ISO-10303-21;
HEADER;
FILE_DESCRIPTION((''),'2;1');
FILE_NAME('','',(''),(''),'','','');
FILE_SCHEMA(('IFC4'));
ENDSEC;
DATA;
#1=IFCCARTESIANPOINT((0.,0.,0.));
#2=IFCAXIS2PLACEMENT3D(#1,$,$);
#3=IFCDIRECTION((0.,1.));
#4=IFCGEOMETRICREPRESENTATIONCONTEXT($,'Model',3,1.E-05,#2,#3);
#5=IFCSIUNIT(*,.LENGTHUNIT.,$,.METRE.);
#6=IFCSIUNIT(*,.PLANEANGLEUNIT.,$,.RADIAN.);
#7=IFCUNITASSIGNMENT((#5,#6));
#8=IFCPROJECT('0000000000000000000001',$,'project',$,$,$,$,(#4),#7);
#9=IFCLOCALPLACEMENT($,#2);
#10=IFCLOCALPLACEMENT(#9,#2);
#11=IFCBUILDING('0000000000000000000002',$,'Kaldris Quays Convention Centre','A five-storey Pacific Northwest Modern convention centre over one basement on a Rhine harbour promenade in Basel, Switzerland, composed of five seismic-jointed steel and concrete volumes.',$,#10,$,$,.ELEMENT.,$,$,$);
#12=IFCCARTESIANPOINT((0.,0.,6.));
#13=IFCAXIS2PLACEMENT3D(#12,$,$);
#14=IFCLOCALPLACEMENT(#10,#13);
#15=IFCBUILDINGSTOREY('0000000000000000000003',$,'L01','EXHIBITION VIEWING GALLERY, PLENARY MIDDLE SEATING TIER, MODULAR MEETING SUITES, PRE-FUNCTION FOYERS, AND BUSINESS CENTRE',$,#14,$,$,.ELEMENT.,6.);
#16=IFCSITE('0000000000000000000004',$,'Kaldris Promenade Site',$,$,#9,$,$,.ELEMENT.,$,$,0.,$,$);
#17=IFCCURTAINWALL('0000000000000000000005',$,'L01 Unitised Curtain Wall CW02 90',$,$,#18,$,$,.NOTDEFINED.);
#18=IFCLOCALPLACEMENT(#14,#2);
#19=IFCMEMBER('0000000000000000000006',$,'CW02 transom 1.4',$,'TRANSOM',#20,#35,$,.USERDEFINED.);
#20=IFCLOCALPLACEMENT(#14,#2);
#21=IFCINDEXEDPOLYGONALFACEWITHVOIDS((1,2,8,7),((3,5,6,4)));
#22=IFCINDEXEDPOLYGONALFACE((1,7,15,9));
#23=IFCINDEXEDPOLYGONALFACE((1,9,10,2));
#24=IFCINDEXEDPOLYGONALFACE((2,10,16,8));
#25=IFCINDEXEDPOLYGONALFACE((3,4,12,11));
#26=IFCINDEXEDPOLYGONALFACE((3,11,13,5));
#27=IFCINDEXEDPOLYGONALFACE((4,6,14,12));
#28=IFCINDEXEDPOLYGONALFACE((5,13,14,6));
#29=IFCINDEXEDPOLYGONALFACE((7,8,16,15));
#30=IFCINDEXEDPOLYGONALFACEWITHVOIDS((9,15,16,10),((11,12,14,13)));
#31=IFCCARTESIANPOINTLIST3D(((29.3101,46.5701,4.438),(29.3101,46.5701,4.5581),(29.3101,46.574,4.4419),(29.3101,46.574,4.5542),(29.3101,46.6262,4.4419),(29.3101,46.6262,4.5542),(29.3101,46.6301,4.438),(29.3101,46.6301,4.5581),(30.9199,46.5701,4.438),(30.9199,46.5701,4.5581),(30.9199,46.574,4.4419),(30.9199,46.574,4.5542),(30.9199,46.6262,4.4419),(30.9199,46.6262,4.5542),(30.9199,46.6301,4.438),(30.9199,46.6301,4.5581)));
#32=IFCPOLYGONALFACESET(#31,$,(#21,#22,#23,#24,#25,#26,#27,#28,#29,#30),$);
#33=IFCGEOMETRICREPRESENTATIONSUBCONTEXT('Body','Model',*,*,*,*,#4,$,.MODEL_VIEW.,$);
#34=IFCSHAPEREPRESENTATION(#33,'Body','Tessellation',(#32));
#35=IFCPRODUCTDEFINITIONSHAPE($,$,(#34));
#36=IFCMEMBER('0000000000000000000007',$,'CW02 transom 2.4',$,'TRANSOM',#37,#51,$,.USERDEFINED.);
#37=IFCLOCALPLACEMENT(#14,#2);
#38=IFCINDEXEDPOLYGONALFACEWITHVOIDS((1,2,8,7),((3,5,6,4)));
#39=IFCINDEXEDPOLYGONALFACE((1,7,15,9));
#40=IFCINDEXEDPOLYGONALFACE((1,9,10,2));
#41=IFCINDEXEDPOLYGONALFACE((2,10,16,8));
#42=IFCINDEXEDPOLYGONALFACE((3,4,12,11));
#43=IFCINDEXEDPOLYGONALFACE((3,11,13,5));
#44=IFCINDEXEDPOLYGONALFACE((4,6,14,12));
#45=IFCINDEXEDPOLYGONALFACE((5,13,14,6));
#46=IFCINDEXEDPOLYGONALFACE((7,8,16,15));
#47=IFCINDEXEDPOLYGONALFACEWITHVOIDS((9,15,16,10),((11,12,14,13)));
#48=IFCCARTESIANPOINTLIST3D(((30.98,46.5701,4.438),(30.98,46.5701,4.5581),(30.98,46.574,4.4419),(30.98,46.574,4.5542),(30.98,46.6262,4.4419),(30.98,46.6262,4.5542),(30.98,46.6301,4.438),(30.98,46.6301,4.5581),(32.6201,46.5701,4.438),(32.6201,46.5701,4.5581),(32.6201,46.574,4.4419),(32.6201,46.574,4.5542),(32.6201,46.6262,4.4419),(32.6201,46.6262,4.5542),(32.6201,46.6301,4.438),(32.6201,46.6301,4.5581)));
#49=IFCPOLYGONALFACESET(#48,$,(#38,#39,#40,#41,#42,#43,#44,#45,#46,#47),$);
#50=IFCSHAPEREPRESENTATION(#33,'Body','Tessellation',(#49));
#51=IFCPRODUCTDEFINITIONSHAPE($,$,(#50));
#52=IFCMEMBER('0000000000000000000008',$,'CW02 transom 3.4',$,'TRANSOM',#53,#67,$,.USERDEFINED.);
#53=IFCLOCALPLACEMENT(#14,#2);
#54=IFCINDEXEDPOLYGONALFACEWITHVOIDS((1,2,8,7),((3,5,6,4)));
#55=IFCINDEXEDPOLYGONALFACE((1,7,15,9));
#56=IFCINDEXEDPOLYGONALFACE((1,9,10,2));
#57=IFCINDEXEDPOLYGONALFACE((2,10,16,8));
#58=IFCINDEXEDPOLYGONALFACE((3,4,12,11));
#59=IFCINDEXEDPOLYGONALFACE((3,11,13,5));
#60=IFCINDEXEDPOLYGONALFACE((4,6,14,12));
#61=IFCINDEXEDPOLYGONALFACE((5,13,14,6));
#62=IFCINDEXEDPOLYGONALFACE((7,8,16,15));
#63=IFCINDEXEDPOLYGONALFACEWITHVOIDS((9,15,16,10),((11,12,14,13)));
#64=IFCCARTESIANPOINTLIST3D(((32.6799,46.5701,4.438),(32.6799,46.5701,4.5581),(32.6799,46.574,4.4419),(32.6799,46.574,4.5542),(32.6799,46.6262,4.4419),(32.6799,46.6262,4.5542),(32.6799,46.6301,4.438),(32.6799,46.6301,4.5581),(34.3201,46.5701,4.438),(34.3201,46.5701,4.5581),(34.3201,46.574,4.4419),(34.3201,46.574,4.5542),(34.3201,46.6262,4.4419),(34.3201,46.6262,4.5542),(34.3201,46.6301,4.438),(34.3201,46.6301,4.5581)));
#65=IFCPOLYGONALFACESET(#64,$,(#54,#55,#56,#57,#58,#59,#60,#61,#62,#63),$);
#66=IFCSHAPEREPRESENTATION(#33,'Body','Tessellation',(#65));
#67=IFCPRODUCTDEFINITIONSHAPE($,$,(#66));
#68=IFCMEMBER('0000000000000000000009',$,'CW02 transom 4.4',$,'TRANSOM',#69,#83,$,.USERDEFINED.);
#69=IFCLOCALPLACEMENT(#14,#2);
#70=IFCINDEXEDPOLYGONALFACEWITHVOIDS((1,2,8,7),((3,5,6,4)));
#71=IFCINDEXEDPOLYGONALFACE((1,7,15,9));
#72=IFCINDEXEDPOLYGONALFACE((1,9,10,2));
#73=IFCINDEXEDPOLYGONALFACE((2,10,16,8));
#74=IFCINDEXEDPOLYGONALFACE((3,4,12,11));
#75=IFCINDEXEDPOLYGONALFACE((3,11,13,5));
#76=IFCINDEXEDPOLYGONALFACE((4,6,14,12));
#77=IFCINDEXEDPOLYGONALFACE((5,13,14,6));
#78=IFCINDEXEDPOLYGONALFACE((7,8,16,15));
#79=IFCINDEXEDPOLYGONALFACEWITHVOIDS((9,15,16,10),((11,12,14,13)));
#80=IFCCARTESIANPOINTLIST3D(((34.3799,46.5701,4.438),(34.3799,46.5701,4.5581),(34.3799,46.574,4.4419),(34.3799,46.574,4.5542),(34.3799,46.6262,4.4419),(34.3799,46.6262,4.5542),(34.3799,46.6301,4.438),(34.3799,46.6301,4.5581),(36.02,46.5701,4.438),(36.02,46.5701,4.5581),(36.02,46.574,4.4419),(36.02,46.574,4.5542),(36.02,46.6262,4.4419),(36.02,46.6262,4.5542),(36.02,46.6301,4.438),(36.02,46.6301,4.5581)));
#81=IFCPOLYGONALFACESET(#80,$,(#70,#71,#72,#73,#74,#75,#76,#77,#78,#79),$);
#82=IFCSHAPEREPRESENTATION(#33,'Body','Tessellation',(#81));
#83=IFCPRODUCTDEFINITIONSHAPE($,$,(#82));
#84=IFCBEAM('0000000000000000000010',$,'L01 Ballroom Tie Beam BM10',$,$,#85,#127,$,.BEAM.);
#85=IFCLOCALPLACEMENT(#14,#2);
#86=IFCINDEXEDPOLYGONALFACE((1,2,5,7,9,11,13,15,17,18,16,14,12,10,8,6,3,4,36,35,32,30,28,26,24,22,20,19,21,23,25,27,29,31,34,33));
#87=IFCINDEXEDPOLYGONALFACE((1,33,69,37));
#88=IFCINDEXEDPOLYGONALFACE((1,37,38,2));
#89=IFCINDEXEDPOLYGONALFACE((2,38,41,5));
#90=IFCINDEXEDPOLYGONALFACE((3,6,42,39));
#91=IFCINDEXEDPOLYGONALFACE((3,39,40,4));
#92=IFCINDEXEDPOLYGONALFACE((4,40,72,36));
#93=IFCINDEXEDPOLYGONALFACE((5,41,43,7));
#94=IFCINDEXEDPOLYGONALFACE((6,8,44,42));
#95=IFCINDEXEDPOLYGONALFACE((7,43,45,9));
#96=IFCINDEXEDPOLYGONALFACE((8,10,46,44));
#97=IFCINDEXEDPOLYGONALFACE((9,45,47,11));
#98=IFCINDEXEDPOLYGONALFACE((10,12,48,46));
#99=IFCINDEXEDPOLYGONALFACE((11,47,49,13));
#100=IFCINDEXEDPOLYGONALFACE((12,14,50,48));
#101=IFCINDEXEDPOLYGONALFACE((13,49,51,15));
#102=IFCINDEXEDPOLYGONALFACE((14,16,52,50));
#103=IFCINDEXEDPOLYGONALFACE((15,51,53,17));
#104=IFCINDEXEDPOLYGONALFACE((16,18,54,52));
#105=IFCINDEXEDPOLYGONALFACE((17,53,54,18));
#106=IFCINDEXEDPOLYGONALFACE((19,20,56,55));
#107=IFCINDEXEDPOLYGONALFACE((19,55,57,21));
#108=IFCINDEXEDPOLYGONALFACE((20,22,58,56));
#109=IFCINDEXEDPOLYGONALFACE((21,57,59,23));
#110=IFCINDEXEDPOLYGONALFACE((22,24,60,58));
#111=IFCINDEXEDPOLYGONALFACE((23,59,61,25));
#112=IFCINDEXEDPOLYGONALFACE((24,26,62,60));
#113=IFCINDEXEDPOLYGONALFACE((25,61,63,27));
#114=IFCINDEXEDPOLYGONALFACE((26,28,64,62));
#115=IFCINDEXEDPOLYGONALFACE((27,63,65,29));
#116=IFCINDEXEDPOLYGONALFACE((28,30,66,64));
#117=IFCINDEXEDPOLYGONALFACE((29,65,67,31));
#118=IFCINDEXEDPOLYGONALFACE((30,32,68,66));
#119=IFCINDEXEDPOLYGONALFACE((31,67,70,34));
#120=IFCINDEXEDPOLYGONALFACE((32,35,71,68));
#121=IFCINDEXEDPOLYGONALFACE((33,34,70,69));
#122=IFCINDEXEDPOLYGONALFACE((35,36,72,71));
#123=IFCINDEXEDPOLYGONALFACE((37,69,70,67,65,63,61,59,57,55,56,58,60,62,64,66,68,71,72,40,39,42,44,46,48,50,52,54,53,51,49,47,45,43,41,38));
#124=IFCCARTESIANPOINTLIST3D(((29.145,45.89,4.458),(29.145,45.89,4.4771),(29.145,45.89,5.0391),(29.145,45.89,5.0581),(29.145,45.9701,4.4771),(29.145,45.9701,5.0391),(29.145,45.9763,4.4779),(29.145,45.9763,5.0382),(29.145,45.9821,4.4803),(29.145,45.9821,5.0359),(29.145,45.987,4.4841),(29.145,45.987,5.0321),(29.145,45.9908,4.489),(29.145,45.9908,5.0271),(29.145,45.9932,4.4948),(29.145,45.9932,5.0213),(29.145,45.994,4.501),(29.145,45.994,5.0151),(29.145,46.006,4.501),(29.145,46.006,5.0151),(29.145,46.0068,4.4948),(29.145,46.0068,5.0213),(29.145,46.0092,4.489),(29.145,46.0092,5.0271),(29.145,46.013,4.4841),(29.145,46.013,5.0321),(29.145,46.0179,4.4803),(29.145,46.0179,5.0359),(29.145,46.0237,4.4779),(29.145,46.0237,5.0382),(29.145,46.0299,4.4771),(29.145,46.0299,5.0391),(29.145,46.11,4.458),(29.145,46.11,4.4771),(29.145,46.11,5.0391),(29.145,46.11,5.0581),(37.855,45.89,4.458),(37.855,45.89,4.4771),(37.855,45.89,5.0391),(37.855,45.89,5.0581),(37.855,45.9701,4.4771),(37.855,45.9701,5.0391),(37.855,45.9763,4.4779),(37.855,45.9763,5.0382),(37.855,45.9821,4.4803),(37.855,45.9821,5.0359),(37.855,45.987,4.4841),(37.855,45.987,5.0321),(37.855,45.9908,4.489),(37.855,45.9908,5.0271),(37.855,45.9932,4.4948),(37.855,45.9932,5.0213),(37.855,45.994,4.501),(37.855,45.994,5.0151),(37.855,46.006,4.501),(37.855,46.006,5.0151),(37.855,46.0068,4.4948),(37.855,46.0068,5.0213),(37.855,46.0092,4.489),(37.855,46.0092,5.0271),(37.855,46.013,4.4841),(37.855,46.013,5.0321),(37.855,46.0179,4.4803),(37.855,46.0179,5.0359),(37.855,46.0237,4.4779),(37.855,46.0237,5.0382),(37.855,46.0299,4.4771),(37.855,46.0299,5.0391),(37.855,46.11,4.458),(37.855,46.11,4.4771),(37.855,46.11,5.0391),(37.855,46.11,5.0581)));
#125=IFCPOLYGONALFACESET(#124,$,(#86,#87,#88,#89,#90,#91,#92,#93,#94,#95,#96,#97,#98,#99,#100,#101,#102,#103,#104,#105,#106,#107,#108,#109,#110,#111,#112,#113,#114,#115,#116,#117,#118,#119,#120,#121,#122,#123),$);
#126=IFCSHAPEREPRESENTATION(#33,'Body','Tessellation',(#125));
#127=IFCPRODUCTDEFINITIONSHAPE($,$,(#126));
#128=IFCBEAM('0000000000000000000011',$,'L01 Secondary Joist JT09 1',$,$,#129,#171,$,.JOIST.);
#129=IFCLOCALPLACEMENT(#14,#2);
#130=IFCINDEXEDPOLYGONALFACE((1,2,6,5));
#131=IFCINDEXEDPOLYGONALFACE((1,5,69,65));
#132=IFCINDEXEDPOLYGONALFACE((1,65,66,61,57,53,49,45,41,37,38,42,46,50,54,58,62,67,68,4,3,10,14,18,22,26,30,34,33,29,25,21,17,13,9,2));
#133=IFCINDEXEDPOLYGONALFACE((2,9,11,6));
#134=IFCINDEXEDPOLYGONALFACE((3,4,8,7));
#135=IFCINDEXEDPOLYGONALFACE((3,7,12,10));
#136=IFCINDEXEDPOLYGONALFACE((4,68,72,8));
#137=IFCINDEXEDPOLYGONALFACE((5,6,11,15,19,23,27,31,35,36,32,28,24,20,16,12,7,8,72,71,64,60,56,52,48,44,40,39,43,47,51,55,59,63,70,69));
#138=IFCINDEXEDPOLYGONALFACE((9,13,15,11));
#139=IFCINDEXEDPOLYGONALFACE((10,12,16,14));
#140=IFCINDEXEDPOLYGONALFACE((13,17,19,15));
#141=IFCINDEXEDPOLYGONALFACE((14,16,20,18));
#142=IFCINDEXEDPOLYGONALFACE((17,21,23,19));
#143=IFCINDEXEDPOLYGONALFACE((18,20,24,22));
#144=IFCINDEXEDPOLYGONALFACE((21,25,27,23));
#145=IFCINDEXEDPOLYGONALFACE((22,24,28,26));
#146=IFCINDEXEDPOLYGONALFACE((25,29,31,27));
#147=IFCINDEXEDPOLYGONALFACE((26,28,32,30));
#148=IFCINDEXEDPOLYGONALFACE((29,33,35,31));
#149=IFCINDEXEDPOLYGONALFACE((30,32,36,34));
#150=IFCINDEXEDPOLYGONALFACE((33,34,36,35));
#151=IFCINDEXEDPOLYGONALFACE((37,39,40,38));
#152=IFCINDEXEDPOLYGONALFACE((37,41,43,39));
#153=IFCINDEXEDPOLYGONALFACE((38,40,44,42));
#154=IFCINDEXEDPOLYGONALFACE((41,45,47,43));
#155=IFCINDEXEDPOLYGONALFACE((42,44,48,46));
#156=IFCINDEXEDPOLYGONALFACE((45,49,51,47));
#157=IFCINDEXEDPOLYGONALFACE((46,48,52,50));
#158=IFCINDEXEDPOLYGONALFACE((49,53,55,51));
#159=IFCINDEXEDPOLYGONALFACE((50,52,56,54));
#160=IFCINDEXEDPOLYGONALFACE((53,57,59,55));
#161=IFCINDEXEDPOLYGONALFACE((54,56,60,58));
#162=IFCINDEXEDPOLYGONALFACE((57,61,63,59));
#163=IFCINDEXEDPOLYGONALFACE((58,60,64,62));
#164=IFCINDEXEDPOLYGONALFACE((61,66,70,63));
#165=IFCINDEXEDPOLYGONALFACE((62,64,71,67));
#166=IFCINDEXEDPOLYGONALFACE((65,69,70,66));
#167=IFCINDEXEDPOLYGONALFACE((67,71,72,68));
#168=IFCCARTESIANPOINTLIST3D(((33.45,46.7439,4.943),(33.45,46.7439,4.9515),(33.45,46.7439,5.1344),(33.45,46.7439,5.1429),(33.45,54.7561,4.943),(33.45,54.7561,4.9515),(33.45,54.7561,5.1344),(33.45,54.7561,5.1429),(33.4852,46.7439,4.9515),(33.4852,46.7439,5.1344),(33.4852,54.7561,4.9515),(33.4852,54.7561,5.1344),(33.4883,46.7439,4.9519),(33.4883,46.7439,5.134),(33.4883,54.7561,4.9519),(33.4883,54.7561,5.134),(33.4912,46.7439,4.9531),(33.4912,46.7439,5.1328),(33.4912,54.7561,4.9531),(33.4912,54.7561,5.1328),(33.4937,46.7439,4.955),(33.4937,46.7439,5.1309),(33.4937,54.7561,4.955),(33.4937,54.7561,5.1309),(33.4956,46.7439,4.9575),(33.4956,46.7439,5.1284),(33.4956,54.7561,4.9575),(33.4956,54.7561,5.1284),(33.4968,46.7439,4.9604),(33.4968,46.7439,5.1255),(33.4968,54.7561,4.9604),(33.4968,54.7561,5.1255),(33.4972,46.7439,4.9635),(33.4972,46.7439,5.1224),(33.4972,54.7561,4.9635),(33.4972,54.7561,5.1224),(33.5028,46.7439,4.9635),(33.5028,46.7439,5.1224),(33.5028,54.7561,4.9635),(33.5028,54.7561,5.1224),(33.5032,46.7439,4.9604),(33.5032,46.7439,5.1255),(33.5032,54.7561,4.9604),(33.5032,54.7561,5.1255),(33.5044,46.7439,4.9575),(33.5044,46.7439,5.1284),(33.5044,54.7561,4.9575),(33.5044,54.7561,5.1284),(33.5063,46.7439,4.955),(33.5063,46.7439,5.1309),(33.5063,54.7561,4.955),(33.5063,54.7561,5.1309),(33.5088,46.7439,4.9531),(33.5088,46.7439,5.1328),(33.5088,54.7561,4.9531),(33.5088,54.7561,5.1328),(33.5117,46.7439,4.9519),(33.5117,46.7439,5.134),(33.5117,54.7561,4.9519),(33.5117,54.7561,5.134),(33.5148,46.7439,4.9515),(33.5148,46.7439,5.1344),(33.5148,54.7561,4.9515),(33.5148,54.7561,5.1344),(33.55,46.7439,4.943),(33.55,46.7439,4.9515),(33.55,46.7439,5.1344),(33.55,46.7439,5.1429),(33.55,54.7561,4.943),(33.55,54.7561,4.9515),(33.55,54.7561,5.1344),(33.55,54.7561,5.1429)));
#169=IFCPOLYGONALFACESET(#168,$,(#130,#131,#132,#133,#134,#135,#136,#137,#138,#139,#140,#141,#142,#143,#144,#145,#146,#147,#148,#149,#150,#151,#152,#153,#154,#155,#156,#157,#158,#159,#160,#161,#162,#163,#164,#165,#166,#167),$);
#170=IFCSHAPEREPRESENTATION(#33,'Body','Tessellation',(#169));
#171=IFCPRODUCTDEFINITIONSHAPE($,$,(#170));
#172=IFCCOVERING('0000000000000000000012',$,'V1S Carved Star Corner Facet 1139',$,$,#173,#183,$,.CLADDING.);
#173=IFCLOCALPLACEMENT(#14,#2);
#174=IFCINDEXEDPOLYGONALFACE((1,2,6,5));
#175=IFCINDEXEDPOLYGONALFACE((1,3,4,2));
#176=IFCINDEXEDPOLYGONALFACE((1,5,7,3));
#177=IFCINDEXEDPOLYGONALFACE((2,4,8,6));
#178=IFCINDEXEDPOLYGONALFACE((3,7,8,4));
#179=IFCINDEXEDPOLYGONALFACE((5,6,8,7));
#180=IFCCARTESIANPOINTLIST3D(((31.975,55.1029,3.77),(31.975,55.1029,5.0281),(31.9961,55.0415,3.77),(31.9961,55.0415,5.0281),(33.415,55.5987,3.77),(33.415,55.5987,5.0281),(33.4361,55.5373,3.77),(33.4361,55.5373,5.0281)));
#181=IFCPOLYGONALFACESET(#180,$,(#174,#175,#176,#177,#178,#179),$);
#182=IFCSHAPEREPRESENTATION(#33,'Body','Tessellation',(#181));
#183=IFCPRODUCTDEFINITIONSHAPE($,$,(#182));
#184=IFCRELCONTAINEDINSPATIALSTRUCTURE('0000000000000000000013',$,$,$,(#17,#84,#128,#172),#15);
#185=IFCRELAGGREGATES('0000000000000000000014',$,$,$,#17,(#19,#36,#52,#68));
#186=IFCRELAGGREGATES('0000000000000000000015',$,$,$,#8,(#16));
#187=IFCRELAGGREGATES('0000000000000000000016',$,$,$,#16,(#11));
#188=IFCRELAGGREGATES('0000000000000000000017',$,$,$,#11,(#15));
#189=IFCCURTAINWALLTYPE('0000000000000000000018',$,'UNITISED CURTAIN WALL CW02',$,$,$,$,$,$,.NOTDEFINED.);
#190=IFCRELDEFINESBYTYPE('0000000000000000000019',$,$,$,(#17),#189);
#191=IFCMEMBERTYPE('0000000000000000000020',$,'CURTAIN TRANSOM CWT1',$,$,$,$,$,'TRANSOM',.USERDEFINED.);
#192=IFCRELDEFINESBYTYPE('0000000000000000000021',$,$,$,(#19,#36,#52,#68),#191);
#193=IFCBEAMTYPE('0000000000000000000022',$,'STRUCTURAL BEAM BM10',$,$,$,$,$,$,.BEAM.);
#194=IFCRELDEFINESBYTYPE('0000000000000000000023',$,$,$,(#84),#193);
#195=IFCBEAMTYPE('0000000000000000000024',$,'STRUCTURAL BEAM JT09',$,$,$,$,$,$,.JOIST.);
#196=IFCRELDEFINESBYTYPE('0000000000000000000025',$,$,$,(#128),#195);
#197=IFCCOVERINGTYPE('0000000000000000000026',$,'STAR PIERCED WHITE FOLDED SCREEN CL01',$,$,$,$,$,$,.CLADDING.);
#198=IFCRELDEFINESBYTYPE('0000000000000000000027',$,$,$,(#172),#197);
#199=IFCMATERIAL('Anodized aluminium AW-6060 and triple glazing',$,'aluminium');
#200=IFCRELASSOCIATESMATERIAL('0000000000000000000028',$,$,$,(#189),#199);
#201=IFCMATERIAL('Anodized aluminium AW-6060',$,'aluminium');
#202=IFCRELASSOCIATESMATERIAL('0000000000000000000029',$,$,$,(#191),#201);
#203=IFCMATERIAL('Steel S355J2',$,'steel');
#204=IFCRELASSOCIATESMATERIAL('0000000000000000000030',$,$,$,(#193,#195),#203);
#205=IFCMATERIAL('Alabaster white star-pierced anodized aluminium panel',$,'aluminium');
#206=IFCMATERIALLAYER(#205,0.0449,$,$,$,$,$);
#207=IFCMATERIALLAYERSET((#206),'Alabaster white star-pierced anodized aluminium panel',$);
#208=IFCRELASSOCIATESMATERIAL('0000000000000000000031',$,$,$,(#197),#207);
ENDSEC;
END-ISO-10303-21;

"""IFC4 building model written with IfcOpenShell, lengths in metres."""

from ifc_helpers import new_model, si_unit, direction, frame, origin, origin_2d, place, context, subcontext, project, spatial, rectangle, hollow_rectangle, i_section, extrude, material, layer, layer_set, material_profile, profile_set, type_object, element, aggregate, save


model = new_model("IFC4")

# Units and contexts
model_context = context("Model", 3, precision=1e-05, world=origin(), true_north=direction((0.0, 1.0)))
body_context = subcontext(model_context, "Body", "Model", "MODEL_VIEW")
ifc_project = project(units=[si_unit("LENGTHUNIT", "METRE"), si_unit("PLANEANGLEUNIT", "RADIAN")], contexts=[model_context])

# Site, building, storey
site_placement = place(None, origin())
site = spatial("IfcSite", under=ifc_project, at=site_placement, Name="Kaldris Promenade Site", CompositionType="ELEMENT", RefElevation=0.0)
building_placement = place(site_placement, origin())
building = spatial("IfcBuilding", under=site, at=building_placement, Name="Kaldris Quays Convention Centre", Description="A five-storey Pacific Northwest Modern convention centre over one basement on a Rhine harbour promenade in Basel, Switzerland, composed of five seismic-jointed steel and concrete volumes.", CompositionType="ELEMENT")
storey_placement = place(building_placement, frame((0.0, 0.0, 6.0)))
storey = spatial("IfcBuildingStorey", under=building, at=storey_placement, Name="L01", Description="EXHIBITION VIEWING GALLERY, PLENARY MIDDLE SEATING TIER, MODULAR MEETING SUITES, PRE-FUNCTION FOYERS, AND BUSINESS CENTRE", CompositionType="ELEMENT", Elevation=6.0)

# Curtain wall, members
ifc_material_1 = material(Name="Anodized aluminium AW-6060 and triple glazing", Category="aluminium")
curtain_wall_type = type_object("IfcCurtainWallType", Name="UNITISED CURTAIN WALL CW02", PredefinedType="NOTDEFINED", material=ifc_material_1)
curtain_wall_placement = place(storey_placement, origin())
curtain_wall = element("IfcCurtainWall", 1, at=curtain_wall_placement, inside=storey, type_object=curtain_wall_type, Name="L01 Unitised Curtain Wall CW02 90", PredefinedType="NOTDEFINED")
ifc_material_2 = material(Name="Anodized aluminium AW-6060", Category="aluminium")
ifc_material_profile_1 = material_profile(ifc_material_2, hollow_rectangle(XDim=0.0601, YDim=0.1201, WallThickness=0.0039, at=origin_2d()), Name="RHS 120x60x4")
ifc_profile_set_1 = profile_set([ifc_material_profile_1], Name="Anodized aluminium AW-6060")
member_type = type_object("IfcMemberType", Name="CURTAIN TRANSOM CWT1", ElementType="TRANSOM", PredefinedType="USERDEFINED", material=ifc_profile_set_1)
member_1_placement = place(storey_placement, frame((29.3101, 46.6001, 4.498), z_axis=(1.0, 0.0, 0.0), x_axis=(0.0, 1.0, 0.0)))
member_1 = element("IfcMember", 2, at=member_1_placement, type_object=member_type, Name="CW02 transom 1.4", ObjectType="TRANSOM", PredefinedType="USERDEFINED", context=body_context, shape_type="SweptSolid", body=[
    extrude(hollow_rectangle(XDim=0.0601, YDim=0.1201, WallThickness=0.0039, at=origin_2d()), origin(), (0.0, 0.0, 1.0), 1.6099),
])
member_2_placement = place(storey_placement, frame((30.98, 46.6001, 4.498), z_axis=(1.0, 0.0, 0.0), x_axis=(0.0, 1.0, 0.0)))
member_2 = element("IfcMember", 3, at=member_2_placement, type_object=member_type, Name="CW02 transom 2.4", ObjectType="TRANSOM", PredefinedType="USERDEFINED", context=body_context, shape_type="SweptSolid", body=[
    extrude(hollow_rectangle(XDim=0.0601, YDim=0.1201, WallThickness=0.0039, at=origin_2d()), origin(), (0.0, 0.0, 1.0), 1.6401),
])
member_3_placement = place(storey_placement, frame((32.6799, 46.6001, 4.498), z_axis=(1.0, 0.0, 0.0), x_axis=(0.0, 1.0, 0.0)))
member_3 = element("IfcMember", 4, at=member_3_placement, type_object=member_type, Name="CW02 transom 3.4", ObjectType="TRANSOM", PredefinedType="USERDEFINED", context=body_context, shape_type="SweptSolid", body=[
    extrude(hollow_rectangle(XDim=0.0601, YDim=0.1201, WallThickness=0.0039, at=origin_2d()), origin(), (0.0, 0.0, 1.0), 1.6401),
])
member_4_placement = place(storey_placement, frame((34.3799, 46.6001, 4.498), z_axis=(1.0, 0.0, 0.0), x_axis=(0.0, 1.0, 0.0)))
member_4 = element("IfcMember", 5, at=member_4_placement, type_object=member_type, Name="CW02 transom 4.4", ObjectType="TRANSOM", PredefinedType="USERDEFINED", context=body_context, shape_type="SweptSolid", body=[
    extrude(hollow_rectangle(XDim=0.0601, YDim=0.1201, WallThickness=0.0039, at=origin_2d()), origin(), (0.0, 0.0, 1.0), 1.6401),
])
aggregate(curtain_wall, [member_1, member_2, member_3, member_4])

# Beams
ifc_material_3 = material(Name="Steel S355J2", Category="steel")
ifc_material_profile_2 = material_profile(ifc_material_3, i_section(OverallWidth=0.22, OverallDepth=0.6001, WebThickness=0.012, FlangeThickness=0.019, FilletRadius=0.0239, at=origin_2d()), Name="IPE 600")
ifc_profile_set_2 = profile_set([ifc_material_profile_2], Name="Steel S355J2")
beam_type_1 = type_object("IfcBeamType", Name="STRUCTURAL BEAM BM10", PredefinedType="BEAM", material=ifc_profile_set_2)
beam_1_placement = place(storey_placement, frame((29.145, 46.0, 4.7581), z_axis=(1.0, 0.0, 0.0), x_axis=(0.0, 1.0, 0.0)))
element("IfcBeam", 6, at=beam_1_placement, inside=storey, type_object=beam_type_1, Name="L01 Ballroom Tie Beam BM10", PredefinedType="BEAM", context=body_context, shape_type="SweptSolid", body=[
    extrude(i_section(OverallWidth=0.22, OverallDepth=0.6001, WebThickness=0.012, FlangeThickness=0.019, FilletRadius=0.0239, at=origin_2d()), origin(), (0.0, 0.0, 1.0), 8.71),
])
ifc_material_profile_3 = material_profile(ifc_material_3, i_section(OverallWidth=0.1001, OverallDepth=0.2, WebThickness=0.0056, FlangeThickness=0.0085, FilletRadius=0.012, at=origin_2d()), Name="IPE 200")
ifc_profile_set_3 = profile_set([ifc_material_profile_3], Name="Steel S355J2")
beam_type_2 = type_object("IfcBeamType", Name="STRUCTURAL BEAM JT09", PredefinedType="JOIST", material=ifc_profile_set_3)
beam_2_placement = place(storey_placement, frame((33.5, 46.7439, 5.043), z_axis=(0.0, 1.0, 0.0), x_axis=(-1.0, 0.0, 0.0)))
element("IfcBeam", 7, at=beam_2_placement, inside=storey, type_object=beam_type_2, Name="L01 Secondary Joist JT09 1", PredefinedType="JOIST", context=body_context, shape_type="SweptSolid", body=[
    extrude(i_section(OverallWidth=0.1001, OverallDepth=0.2, WebThickness=0.0056, FlangeThickness=0.0085, FilletRadius=0.012, at=origin_2d()), origin(), (0.0, 0.0, 1.0), 8.0122),
])

# Covering
ifc_material_4 = material(Name="Alabaster white star-pierced anodized aluminium panel", Category="aluminium")
ifc_layer = layer(ifc_material_4, 0.0449)
ifc_layer_set = layer_set([ifc_layer], Name="Alabaster white star-pierced anodized aluminium panel")
covering_type = type_object("IfcCoveringType", Name="STAR PIERCED WHITE FOLDED SCREEN CL01", PredefinedType="CLADDING", material=ifc_layer_set)
covering_1_placement = place(storey_placement, frame((32.7056, 55.3201, 3.77), z_axis=(0.0, 0.0, 1.0), x_axis=(0.945519, 0.325568, 0.0)))
element("IfcCovering", 8, at=covering_1_placement, inside=storey, type_object=covering_type, Name="V1S Carved Star Corner Facet 1139", PredefinedType="CLADDING", context=body_context, shape_type="SweptSolid", body=[
    extrude(rectangle(XDim=1.5229, YDim=0.0649, at=origin_2d()), origin(), (0.0, 0.0, 1.0), 1.2581),
])

save(model, "model.ifc")
